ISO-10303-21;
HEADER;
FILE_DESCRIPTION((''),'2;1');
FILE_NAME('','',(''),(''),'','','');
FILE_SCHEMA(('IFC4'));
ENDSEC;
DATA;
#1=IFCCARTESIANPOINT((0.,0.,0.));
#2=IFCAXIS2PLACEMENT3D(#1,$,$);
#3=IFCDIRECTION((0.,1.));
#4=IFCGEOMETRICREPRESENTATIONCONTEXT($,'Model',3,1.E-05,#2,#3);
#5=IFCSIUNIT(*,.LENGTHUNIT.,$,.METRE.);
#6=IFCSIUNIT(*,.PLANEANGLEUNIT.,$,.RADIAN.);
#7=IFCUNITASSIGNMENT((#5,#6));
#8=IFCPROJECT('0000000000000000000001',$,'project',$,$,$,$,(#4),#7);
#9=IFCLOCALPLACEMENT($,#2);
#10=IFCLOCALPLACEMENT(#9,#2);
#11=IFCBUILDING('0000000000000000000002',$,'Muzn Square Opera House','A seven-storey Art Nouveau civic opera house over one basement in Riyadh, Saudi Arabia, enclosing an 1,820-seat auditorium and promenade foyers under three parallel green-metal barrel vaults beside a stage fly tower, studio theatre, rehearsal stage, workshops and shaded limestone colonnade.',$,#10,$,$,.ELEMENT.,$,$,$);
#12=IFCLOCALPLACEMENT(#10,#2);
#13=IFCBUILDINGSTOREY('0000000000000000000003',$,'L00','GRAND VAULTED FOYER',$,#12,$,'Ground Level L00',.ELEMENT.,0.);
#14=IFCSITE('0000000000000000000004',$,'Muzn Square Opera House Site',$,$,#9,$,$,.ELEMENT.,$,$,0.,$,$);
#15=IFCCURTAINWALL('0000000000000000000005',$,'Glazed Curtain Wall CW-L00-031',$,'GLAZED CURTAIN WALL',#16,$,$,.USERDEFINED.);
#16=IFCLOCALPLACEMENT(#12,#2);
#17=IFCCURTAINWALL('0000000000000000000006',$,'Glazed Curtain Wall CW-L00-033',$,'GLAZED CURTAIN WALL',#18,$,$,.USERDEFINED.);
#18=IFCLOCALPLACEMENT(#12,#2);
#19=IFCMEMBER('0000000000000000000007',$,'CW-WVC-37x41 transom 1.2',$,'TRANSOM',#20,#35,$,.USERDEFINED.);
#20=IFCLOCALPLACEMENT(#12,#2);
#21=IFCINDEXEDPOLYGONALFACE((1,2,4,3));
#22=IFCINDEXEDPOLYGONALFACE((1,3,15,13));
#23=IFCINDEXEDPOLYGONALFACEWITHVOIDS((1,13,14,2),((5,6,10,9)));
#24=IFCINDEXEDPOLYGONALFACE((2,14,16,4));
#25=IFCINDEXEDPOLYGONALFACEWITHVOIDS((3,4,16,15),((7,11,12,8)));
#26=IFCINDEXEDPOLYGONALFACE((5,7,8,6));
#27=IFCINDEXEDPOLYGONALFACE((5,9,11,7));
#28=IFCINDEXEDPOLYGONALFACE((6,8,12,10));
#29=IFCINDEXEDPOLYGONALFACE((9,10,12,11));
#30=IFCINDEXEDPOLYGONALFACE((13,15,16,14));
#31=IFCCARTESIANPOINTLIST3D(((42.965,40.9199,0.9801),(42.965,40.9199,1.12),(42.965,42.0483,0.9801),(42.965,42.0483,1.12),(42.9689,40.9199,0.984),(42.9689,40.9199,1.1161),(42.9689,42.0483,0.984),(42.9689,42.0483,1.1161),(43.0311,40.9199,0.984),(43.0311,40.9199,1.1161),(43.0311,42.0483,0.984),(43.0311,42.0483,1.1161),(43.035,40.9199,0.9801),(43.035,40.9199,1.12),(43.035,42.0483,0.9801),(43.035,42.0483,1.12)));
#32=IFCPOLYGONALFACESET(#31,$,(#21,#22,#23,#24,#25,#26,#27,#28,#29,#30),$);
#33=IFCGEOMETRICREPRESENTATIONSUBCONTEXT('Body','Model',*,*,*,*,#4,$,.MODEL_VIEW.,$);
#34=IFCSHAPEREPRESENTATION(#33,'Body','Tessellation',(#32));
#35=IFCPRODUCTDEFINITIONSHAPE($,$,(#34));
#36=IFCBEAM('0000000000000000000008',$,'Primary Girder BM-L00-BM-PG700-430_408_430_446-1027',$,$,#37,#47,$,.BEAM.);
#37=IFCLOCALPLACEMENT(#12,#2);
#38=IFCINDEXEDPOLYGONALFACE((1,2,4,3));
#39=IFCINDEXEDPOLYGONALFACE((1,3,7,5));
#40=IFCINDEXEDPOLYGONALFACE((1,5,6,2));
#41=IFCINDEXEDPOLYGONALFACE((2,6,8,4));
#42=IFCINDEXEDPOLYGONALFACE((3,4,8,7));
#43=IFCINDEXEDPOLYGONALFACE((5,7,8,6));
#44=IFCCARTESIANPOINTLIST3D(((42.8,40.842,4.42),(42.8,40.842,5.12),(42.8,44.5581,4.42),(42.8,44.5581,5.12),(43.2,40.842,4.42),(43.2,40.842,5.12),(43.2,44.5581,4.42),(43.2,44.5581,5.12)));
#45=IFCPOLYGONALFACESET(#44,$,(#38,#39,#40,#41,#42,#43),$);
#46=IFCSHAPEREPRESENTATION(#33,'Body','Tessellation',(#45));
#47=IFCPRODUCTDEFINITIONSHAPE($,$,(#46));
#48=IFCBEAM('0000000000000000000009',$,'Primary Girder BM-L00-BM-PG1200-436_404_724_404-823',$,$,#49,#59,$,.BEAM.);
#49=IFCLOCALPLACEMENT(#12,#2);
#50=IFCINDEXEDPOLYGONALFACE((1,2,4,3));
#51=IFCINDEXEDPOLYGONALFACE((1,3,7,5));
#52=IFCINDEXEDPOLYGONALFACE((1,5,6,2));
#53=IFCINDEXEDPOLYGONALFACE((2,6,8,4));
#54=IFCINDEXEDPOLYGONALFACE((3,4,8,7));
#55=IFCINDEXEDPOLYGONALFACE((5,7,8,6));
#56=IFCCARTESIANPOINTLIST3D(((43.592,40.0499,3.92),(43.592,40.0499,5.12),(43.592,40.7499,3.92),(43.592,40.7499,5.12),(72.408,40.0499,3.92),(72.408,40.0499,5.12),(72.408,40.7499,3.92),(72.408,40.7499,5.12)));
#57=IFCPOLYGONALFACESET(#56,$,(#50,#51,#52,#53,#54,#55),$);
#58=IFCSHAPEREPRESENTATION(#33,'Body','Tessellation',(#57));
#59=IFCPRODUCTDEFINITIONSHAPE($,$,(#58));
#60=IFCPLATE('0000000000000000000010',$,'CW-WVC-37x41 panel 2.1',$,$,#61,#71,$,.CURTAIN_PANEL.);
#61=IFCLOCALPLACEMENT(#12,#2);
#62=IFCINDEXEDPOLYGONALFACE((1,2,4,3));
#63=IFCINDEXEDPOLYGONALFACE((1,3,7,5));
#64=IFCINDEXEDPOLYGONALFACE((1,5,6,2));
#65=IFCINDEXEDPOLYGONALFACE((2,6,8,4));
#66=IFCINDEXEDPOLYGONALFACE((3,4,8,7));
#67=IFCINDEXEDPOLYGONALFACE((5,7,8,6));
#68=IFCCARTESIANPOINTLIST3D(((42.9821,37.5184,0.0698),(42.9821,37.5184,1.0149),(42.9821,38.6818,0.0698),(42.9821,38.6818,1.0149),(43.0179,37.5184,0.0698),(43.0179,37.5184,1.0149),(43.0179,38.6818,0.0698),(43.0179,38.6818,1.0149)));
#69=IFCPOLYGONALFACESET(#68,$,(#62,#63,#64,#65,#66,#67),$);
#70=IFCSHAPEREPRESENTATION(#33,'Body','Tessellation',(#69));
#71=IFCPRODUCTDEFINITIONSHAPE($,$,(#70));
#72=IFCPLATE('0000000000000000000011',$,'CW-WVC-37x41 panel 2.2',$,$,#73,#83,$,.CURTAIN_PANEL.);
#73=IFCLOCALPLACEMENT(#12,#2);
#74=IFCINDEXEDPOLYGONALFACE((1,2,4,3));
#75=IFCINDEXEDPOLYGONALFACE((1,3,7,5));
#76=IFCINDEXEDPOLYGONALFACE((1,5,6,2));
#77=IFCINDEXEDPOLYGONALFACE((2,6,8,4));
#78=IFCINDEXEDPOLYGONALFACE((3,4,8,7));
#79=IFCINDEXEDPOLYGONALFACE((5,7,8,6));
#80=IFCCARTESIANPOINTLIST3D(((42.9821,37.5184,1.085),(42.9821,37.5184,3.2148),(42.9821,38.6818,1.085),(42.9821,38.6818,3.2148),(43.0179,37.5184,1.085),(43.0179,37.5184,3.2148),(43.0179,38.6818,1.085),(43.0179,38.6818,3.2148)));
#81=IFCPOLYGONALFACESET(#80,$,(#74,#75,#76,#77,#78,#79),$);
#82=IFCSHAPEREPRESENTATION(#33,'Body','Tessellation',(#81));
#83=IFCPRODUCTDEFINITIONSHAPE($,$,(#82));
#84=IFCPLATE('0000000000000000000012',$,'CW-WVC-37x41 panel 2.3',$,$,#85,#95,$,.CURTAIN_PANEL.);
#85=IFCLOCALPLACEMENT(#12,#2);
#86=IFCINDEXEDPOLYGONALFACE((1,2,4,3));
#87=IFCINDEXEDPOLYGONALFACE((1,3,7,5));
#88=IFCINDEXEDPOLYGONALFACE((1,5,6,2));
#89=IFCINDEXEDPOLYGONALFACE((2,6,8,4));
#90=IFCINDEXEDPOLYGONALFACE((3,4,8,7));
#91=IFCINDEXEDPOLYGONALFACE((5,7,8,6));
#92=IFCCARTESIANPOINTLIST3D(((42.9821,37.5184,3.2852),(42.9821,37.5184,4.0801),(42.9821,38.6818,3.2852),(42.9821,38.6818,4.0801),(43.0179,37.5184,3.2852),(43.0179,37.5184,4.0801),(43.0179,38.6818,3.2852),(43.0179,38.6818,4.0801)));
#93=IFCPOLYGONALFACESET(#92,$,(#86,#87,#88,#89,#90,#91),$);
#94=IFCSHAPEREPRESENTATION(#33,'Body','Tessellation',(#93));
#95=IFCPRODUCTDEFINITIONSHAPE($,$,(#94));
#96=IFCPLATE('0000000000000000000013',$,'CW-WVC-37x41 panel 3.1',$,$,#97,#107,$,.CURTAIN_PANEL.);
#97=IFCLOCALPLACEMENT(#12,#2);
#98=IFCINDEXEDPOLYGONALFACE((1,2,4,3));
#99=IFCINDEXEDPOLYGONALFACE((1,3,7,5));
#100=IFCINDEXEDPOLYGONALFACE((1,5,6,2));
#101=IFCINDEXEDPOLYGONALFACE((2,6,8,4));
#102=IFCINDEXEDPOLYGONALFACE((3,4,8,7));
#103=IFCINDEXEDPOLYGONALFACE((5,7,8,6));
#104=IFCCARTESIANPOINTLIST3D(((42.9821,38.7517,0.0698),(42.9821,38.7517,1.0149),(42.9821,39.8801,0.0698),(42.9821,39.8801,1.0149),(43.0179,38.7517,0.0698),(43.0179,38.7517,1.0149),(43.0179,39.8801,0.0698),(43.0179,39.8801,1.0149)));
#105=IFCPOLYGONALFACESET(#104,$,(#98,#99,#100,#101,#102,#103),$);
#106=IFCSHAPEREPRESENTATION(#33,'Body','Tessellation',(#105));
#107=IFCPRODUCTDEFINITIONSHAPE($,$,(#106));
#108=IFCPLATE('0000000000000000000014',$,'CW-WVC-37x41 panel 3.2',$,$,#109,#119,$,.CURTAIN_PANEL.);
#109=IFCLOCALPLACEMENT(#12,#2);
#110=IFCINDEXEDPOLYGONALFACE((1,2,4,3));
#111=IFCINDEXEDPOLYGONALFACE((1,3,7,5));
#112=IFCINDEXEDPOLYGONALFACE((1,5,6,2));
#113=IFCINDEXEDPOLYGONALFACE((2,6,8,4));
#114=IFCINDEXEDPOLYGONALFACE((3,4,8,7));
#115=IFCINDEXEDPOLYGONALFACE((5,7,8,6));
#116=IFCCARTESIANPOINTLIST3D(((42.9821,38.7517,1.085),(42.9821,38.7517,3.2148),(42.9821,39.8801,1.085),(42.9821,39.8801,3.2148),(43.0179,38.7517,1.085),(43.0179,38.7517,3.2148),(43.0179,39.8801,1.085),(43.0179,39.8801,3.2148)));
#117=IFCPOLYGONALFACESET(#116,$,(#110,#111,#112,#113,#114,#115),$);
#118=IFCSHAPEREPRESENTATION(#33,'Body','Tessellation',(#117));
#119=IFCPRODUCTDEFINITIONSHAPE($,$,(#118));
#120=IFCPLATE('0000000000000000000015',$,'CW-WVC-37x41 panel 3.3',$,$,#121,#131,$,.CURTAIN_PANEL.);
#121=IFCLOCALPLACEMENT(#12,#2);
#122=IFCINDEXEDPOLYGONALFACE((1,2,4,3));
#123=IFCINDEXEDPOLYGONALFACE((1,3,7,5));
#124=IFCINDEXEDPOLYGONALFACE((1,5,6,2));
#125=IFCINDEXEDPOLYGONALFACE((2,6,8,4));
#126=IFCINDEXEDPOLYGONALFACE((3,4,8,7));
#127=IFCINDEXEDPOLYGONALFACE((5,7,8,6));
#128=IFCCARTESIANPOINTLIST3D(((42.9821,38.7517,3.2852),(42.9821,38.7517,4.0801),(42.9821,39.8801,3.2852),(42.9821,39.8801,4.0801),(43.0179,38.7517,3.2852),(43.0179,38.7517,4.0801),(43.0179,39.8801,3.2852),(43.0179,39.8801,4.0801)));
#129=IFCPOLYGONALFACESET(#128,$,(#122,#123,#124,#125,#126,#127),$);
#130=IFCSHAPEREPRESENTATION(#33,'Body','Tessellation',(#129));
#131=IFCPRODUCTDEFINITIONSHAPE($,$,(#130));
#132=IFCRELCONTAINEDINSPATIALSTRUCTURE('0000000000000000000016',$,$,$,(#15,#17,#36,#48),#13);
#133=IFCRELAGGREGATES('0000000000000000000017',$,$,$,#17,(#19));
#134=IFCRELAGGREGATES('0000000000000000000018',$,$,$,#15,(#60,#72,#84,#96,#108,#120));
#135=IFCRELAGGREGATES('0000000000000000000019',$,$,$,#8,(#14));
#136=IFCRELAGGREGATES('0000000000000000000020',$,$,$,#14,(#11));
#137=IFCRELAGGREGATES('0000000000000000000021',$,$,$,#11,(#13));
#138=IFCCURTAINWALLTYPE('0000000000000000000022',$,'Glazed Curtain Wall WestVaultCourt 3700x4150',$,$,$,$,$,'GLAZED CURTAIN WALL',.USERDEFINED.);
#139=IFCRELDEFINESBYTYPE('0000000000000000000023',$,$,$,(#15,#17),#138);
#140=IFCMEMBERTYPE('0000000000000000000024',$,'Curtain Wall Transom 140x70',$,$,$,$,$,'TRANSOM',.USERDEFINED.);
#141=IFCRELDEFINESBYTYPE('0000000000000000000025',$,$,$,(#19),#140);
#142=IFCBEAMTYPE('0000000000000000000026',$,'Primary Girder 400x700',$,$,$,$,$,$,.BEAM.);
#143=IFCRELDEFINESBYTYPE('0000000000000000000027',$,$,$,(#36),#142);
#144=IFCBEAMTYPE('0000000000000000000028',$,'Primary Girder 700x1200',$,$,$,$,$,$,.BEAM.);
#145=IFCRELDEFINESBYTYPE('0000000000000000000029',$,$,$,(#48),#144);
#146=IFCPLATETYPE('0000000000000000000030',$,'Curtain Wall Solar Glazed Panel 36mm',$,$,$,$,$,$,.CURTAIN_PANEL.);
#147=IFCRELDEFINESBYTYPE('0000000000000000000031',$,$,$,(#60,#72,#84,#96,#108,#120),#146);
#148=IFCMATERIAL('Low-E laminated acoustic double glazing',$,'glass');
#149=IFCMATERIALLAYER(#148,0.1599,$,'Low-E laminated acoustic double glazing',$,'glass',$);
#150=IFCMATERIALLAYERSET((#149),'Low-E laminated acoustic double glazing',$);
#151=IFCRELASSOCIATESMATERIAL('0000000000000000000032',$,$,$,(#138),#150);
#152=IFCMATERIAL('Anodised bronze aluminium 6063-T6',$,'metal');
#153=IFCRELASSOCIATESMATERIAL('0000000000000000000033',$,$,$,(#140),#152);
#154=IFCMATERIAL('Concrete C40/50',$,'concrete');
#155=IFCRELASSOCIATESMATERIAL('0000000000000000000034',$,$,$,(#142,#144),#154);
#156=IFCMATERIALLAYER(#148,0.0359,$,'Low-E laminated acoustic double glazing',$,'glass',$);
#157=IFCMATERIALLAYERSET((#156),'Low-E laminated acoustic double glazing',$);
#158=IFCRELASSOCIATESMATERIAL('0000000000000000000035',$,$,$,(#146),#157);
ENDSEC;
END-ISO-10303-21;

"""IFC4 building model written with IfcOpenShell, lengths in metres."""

from ifc_helpers import new_model, si_unit, direction, frame, origin, origin_2d, place, context, subcontext, project, spatial, rectangle, hollow_rectangle, extrude, material, layer, layer_set, material_profile, profile_set, type_object, element, aggregate, save


model = new_model("IFC4")

# Units and contexts
model_context = context("Model", 3, precision=1e-05, world=origin(), true_north=direction((0.0, 1.0)))
body_context = subcontext(model_context, "Body", "Model", "MODEL_VIEW")
ifc_project = project(units=[si_unit("LENGTHUNIT", "METRE"), si_unit("PLANEANGLEUNIT", "RADIAN")], contexts=[model_context])

# Site, building, storey
site_placement = place(None, origin())
site = spatial("IfcSite", under=ifc_project, at=site_placement, Name="Muzn Square Opera House Site", CompositionType="ELEMENT", RefElevation=0.0)
building_placement = place(site_placement, origin())
building = spatial("IfcBuilding", under=site, at=building_placement, Name="Muzn Square Opera House", Description="A seven-storey Art Nouveau civic opera house over one basement in Riyadh, Saudi Arabia, enclosing an 1,820-seat auditorium and promenade foyers under three parallel green-metal barrel vaults beside a stage fly tower, studio theatre, rehearsal stage, workshops and shaded limestone colonnade.", CompositionType="ELEMENT")
storey_placement = place(building_placement, origin())
storey = spatial("IfcBuildingStorey", under=building, at=storey_placement, Name="L00", Description="GRAND VAULTED FOYER", LongName="Ground Level L00", CompositionType="ELEMENT", Elevation=0.0)

# Curtain wall
ifc_material_1 = material(Name="Low-E laminated acoustic double glazing", Category="glass")
ifc_layer_1 = layer(ifc_material_1, 0.1599, Name="Low-E laminated acoustic double glazing", Category="glass")
ifc_layer_set_1 = layer_set([ifc_layer_1], Name="Low-E laminated acoustic double glazing")
curtain_wall_type = type_object("IfcCurtainWallType", Name="Glazed Curtain Wall WestVaultCourt 3700x4150", ElementType="GLAZED CURTAIN WALL", PredefinedType="USERDEFINED", material=ifc_layer_set_1)
curtain_wall_1_placement = place(storey_placement, origin())
curtain_wall_1 = element("IfcCurtainWall", 1, at=curtain_wall_1_placement, inside=storey, type_object=curtain_wall_type, Name="Glazed Curtain Wall CW-L00-031", ObjectType="GLAZED CURTAIN WALL", PredefinedType="USERDEFINED")
ifc_material_2 = material(Name="Anodised bronze aluminium 6063-T6", Category="metal")

# Curtain wall
curtain_wall_2_placement = place(storey_placement, origin())
curtain_wall_2 = element("IfcCurtainWall", 2, at=curtain_wall_2_placement, inside=storey, type_object=curtain_wall_type, Name="Glazed Curtain Wall CW-L00-033", ObjectType="GLAZED CURTAIN WALL", PredefinedType="USERDEFINED")

# Member
ifc_material_profile_1 = material_profile(ifc_material_2, hollow_rectangle(XDim=0.0701, YDim=0.1399, WallThickness=0.0039, at=origin_2d()), Name="ALU 140x70x4", Category="metal")
ifc_profile_set_1 = profile_set([ifc_material_profile_1], Name="Anodised bronze aluminium 6063-T6")
member_type_1 = type_object("IfcMemberType", Name="Curtain Wall Transom 140x70", ElementType="TRANSOM", PredefinedType="USERDEFINED", material=ifc_profile_set_1)
member_1_placement = place(storey_placement, frame((43.0, 40.9199, 1.05), z_axis=(0.0, 1.0, 0.0), x_axis=(-1.0, 0.0, 0.0)))
member_1 = element("IfcMember", 3, at=member_1_placement, type_object=member_type_1, Name="CW-WVC-37x41 transom 1.2", ObjectType="TRANSOM", PredefinedType="USERDEFINED", context=body_context, shape_type="SweptSolid", body=[
    extrude(hollow_rectangle(XDim=0.0701, YDim=0.1399, WallThickness=0.0039, at=origin_2d()), origin(), (0.0, 0.0, 1.0), 1.1284),
])
aggregate(curtain_wall_2, [member_1])

# Beams
ifc_material_3 = material(Name="Concrete C40/50", Category="concrete")
ifc_material_profile_2 = material_profile(ifc_material_3, rectangle(XDim=0.3999, YDim=0.7, at=origin_2d()), Name="RCB 400x700", Category="concrete")
ifc_profile_set_2 = profile_set([ifc_material_profile_2], Name="Concrete C40/50")
beam_type_1 = type_object("IfcBeamType", Name="Primary Girder 400x700", PredefinedType="BEAM", material=ifc_profile_set_2)
beam_1_placement = place(storey_placement, frame((43.0, 40.842, 4.77), z_axis=(0.0, 1.0, 0.0), x_axis=(-1.0, 0.0, 0.0)))
element("IfcBeam", 4, at=beam_1_placement, inside=storey, type_object=beam_type_1, Name="Primary Girder BM-L00-BM-PG700-430_408_430_446-1027", PredefinedType="BEAM", context=body_context, shape_type="SweptSolid", body=[
    extrude(rectangle(XDim=0.3999, YDim=0.7, at=origin_2d()), origin(), (0.0, 0.0, 1.0), 3.7161),
])
ifc_material_profile_3 = material_profile(ifc_material_3, rectangle(XDim=0.7, YDim=1.2, at=origin_2d()), Name="RCB 700x1200", Category="concrete")
ifc_profile_set_3 = profile_set([ifc_material_profile_3], Name="Concrete C40/50")
beam_type_2 = type_object("IfcBeamType", Name="Primary Girder 700x1200", PredefinedType="BEAM", material=ifc_profile_set_3)
beam_2_placement = place(storey_placement, frame((43.592, 40.3999, 4.52), z_axis=(1.0, 0.0, 0.0), x_axis=(0.0, 1.0, 0.0)))
element("IfcBeam", 5, at=beam_2_placement, inside=storey, type_object=beam_type_2, Name="Primary Girder BM-L00-BM-PG1200-436_404_724_404-823", PredefinedType="BEAM", context=body_context, shape_type="SweptSolid", body=[
    extrude(rectangle(XDim=0.7, YDim=1.2, at=origin_2d()), origin(), (0.0, 0.0, 1.0), 28.8159),
])

# Plates
ifc_layer_2 = layer(ifc_material_1, 0.0359, Name="Low-E laminated acoustic double glazing", Category="glass")
ifc_layer_set_2 = layer_set([ifc_layer_2], Name="Low-E laminated acoustic double glazing")
plate_type = type_object("IfcPlateType", Name="Curtain Wall Solar Glazed Panel 36mm", PredefinedType="CURTAIN_PANEL", material=ifc_layer_set_2)
plate_1_placement = place(storey_placement, frame((43.0, 38.1001, 0.0698), z_axis=(0.0, 0.0, 1.0), x_axis=(0.0, 1.0, 0.0)))
plate_1 = element("IfcPlate", 6, at=plate_1_placement, type_object=plate_type, Name="CW-WVC-37x41 panel 2.1", PredefinedType="CURTAIN_PANEL", context=body_context, shape_type="SweptSolid", body=[
    extrude(rectangle(XDim=1.1633, YDim=0.0359, at=origin_2d()), origin(), (0.0, 0.0, 1.0), 0.9451),
])
plate_2_placement = place(storey_placement, frame((43.0, 38.1001, 1.085), z_axis=(0.0, 0.0, 1.0), x_axis=(0.0, 1.0, 0.0)))
plate_2 = element("IfcPlate", 7, at=plate_2_placement, type_object=plate_type, Name="CW-WVC-37x41 panel 2.2", PredefinedType="CURTAIN_PANEL", context=body_context, shape_type="SweptSolid", body=[
    extrude(rectangle(XDim=1.1633, YDim=0.0359, at=origin_2d()), origin(), (0.0, 0.0, 1.0), 2.1299),
])
plate_3_placement = place(storey_placement, frame((43.0, 38.1001, 3.2852), z_axis=(0.0, 0.0, 1.0), x_axis=(0.0, 1.0, 0.0)))
plate_3 = element("IfcPlate", 8, at=plate_3_placement, type_object=plate_type, Name="CW-WVC-37x41 panel 2.3", PredefinedType="CURTAIN_PANEL", context=body_context, shape_type="SweptSolid", body=[
    extrude(rectangle(XDim=1.1633, YDim=0.0359, at=origin_2d()), origin(), (0.0, 0.0, 1.0), 0.7949),
])
plate_4_placement = place(storey_placement, frame((43.0, 39.3159, 0.0698), z_axis=(0.0, 0.0, 1.0), x_axis=(0.0, 1.0, 0.0)))
plate_4 = element("IfcPlate", 9, at=plate_4_placement, type_object=plate_type, Name="CW-WVC-37x41 panel 3.1", PredefinedType="CURTAIN_PANEL", context=body_context, shape_type="SweptSolid", body=[
    extrude(rectangle(XDim=1.1284, YDim=0.0359, at=origin_2d()), origin(), (0.0, 0.0, 1.0), 0.9451),
])
plate_5_placement = place(storey_placement, frame((43.0, 39.3159, 1.085), z_axis=(0.0, 0.0, 1.0), x_axis=(0.0, 1.0, 0.0)))
plate_5 = element("IfcPlate", 10, at=plate_5_placement, type_object=plate_type, Name="CW-WVC-37x41 panel 3.2", PredefinedType="CURTAIN_PANEL", context=body_context, shape_type="SweptSolid", body=[
    extrude(rectangle(XDim=1.1284, YDim=0.0359, at=origin_2d()), origin(), (0.0, 0.0, 1.0), 2.1299),
])
plate_6_placement = place(storey_placement, frame((43.0, 39.3159, 3.2852), z_axis=(0.0, 0.0, 1.0), x_axis=(0.0, 1.0, 0.0)))
plate_6 = element("IfcPlate", 11, at=plate_6_placement, type_object=plate_type, Name="CW-WVC-37x41 panel 3.3", PredefinedType="CURTAIN_PANEL", context=body_context, shape_type="SweptSolid", body=[
    extrude(rectangle(XDim=1.1284, YDim=0.0359, at=origin_2d()), origin(), (0.0, 0.0, 1.0), 0.7949),
])
aggregate(curtain_wall_1, [plate_1, plate_2, plate_3, plate_4, plate_5, plate_6])

save(model, "model.ifc")
